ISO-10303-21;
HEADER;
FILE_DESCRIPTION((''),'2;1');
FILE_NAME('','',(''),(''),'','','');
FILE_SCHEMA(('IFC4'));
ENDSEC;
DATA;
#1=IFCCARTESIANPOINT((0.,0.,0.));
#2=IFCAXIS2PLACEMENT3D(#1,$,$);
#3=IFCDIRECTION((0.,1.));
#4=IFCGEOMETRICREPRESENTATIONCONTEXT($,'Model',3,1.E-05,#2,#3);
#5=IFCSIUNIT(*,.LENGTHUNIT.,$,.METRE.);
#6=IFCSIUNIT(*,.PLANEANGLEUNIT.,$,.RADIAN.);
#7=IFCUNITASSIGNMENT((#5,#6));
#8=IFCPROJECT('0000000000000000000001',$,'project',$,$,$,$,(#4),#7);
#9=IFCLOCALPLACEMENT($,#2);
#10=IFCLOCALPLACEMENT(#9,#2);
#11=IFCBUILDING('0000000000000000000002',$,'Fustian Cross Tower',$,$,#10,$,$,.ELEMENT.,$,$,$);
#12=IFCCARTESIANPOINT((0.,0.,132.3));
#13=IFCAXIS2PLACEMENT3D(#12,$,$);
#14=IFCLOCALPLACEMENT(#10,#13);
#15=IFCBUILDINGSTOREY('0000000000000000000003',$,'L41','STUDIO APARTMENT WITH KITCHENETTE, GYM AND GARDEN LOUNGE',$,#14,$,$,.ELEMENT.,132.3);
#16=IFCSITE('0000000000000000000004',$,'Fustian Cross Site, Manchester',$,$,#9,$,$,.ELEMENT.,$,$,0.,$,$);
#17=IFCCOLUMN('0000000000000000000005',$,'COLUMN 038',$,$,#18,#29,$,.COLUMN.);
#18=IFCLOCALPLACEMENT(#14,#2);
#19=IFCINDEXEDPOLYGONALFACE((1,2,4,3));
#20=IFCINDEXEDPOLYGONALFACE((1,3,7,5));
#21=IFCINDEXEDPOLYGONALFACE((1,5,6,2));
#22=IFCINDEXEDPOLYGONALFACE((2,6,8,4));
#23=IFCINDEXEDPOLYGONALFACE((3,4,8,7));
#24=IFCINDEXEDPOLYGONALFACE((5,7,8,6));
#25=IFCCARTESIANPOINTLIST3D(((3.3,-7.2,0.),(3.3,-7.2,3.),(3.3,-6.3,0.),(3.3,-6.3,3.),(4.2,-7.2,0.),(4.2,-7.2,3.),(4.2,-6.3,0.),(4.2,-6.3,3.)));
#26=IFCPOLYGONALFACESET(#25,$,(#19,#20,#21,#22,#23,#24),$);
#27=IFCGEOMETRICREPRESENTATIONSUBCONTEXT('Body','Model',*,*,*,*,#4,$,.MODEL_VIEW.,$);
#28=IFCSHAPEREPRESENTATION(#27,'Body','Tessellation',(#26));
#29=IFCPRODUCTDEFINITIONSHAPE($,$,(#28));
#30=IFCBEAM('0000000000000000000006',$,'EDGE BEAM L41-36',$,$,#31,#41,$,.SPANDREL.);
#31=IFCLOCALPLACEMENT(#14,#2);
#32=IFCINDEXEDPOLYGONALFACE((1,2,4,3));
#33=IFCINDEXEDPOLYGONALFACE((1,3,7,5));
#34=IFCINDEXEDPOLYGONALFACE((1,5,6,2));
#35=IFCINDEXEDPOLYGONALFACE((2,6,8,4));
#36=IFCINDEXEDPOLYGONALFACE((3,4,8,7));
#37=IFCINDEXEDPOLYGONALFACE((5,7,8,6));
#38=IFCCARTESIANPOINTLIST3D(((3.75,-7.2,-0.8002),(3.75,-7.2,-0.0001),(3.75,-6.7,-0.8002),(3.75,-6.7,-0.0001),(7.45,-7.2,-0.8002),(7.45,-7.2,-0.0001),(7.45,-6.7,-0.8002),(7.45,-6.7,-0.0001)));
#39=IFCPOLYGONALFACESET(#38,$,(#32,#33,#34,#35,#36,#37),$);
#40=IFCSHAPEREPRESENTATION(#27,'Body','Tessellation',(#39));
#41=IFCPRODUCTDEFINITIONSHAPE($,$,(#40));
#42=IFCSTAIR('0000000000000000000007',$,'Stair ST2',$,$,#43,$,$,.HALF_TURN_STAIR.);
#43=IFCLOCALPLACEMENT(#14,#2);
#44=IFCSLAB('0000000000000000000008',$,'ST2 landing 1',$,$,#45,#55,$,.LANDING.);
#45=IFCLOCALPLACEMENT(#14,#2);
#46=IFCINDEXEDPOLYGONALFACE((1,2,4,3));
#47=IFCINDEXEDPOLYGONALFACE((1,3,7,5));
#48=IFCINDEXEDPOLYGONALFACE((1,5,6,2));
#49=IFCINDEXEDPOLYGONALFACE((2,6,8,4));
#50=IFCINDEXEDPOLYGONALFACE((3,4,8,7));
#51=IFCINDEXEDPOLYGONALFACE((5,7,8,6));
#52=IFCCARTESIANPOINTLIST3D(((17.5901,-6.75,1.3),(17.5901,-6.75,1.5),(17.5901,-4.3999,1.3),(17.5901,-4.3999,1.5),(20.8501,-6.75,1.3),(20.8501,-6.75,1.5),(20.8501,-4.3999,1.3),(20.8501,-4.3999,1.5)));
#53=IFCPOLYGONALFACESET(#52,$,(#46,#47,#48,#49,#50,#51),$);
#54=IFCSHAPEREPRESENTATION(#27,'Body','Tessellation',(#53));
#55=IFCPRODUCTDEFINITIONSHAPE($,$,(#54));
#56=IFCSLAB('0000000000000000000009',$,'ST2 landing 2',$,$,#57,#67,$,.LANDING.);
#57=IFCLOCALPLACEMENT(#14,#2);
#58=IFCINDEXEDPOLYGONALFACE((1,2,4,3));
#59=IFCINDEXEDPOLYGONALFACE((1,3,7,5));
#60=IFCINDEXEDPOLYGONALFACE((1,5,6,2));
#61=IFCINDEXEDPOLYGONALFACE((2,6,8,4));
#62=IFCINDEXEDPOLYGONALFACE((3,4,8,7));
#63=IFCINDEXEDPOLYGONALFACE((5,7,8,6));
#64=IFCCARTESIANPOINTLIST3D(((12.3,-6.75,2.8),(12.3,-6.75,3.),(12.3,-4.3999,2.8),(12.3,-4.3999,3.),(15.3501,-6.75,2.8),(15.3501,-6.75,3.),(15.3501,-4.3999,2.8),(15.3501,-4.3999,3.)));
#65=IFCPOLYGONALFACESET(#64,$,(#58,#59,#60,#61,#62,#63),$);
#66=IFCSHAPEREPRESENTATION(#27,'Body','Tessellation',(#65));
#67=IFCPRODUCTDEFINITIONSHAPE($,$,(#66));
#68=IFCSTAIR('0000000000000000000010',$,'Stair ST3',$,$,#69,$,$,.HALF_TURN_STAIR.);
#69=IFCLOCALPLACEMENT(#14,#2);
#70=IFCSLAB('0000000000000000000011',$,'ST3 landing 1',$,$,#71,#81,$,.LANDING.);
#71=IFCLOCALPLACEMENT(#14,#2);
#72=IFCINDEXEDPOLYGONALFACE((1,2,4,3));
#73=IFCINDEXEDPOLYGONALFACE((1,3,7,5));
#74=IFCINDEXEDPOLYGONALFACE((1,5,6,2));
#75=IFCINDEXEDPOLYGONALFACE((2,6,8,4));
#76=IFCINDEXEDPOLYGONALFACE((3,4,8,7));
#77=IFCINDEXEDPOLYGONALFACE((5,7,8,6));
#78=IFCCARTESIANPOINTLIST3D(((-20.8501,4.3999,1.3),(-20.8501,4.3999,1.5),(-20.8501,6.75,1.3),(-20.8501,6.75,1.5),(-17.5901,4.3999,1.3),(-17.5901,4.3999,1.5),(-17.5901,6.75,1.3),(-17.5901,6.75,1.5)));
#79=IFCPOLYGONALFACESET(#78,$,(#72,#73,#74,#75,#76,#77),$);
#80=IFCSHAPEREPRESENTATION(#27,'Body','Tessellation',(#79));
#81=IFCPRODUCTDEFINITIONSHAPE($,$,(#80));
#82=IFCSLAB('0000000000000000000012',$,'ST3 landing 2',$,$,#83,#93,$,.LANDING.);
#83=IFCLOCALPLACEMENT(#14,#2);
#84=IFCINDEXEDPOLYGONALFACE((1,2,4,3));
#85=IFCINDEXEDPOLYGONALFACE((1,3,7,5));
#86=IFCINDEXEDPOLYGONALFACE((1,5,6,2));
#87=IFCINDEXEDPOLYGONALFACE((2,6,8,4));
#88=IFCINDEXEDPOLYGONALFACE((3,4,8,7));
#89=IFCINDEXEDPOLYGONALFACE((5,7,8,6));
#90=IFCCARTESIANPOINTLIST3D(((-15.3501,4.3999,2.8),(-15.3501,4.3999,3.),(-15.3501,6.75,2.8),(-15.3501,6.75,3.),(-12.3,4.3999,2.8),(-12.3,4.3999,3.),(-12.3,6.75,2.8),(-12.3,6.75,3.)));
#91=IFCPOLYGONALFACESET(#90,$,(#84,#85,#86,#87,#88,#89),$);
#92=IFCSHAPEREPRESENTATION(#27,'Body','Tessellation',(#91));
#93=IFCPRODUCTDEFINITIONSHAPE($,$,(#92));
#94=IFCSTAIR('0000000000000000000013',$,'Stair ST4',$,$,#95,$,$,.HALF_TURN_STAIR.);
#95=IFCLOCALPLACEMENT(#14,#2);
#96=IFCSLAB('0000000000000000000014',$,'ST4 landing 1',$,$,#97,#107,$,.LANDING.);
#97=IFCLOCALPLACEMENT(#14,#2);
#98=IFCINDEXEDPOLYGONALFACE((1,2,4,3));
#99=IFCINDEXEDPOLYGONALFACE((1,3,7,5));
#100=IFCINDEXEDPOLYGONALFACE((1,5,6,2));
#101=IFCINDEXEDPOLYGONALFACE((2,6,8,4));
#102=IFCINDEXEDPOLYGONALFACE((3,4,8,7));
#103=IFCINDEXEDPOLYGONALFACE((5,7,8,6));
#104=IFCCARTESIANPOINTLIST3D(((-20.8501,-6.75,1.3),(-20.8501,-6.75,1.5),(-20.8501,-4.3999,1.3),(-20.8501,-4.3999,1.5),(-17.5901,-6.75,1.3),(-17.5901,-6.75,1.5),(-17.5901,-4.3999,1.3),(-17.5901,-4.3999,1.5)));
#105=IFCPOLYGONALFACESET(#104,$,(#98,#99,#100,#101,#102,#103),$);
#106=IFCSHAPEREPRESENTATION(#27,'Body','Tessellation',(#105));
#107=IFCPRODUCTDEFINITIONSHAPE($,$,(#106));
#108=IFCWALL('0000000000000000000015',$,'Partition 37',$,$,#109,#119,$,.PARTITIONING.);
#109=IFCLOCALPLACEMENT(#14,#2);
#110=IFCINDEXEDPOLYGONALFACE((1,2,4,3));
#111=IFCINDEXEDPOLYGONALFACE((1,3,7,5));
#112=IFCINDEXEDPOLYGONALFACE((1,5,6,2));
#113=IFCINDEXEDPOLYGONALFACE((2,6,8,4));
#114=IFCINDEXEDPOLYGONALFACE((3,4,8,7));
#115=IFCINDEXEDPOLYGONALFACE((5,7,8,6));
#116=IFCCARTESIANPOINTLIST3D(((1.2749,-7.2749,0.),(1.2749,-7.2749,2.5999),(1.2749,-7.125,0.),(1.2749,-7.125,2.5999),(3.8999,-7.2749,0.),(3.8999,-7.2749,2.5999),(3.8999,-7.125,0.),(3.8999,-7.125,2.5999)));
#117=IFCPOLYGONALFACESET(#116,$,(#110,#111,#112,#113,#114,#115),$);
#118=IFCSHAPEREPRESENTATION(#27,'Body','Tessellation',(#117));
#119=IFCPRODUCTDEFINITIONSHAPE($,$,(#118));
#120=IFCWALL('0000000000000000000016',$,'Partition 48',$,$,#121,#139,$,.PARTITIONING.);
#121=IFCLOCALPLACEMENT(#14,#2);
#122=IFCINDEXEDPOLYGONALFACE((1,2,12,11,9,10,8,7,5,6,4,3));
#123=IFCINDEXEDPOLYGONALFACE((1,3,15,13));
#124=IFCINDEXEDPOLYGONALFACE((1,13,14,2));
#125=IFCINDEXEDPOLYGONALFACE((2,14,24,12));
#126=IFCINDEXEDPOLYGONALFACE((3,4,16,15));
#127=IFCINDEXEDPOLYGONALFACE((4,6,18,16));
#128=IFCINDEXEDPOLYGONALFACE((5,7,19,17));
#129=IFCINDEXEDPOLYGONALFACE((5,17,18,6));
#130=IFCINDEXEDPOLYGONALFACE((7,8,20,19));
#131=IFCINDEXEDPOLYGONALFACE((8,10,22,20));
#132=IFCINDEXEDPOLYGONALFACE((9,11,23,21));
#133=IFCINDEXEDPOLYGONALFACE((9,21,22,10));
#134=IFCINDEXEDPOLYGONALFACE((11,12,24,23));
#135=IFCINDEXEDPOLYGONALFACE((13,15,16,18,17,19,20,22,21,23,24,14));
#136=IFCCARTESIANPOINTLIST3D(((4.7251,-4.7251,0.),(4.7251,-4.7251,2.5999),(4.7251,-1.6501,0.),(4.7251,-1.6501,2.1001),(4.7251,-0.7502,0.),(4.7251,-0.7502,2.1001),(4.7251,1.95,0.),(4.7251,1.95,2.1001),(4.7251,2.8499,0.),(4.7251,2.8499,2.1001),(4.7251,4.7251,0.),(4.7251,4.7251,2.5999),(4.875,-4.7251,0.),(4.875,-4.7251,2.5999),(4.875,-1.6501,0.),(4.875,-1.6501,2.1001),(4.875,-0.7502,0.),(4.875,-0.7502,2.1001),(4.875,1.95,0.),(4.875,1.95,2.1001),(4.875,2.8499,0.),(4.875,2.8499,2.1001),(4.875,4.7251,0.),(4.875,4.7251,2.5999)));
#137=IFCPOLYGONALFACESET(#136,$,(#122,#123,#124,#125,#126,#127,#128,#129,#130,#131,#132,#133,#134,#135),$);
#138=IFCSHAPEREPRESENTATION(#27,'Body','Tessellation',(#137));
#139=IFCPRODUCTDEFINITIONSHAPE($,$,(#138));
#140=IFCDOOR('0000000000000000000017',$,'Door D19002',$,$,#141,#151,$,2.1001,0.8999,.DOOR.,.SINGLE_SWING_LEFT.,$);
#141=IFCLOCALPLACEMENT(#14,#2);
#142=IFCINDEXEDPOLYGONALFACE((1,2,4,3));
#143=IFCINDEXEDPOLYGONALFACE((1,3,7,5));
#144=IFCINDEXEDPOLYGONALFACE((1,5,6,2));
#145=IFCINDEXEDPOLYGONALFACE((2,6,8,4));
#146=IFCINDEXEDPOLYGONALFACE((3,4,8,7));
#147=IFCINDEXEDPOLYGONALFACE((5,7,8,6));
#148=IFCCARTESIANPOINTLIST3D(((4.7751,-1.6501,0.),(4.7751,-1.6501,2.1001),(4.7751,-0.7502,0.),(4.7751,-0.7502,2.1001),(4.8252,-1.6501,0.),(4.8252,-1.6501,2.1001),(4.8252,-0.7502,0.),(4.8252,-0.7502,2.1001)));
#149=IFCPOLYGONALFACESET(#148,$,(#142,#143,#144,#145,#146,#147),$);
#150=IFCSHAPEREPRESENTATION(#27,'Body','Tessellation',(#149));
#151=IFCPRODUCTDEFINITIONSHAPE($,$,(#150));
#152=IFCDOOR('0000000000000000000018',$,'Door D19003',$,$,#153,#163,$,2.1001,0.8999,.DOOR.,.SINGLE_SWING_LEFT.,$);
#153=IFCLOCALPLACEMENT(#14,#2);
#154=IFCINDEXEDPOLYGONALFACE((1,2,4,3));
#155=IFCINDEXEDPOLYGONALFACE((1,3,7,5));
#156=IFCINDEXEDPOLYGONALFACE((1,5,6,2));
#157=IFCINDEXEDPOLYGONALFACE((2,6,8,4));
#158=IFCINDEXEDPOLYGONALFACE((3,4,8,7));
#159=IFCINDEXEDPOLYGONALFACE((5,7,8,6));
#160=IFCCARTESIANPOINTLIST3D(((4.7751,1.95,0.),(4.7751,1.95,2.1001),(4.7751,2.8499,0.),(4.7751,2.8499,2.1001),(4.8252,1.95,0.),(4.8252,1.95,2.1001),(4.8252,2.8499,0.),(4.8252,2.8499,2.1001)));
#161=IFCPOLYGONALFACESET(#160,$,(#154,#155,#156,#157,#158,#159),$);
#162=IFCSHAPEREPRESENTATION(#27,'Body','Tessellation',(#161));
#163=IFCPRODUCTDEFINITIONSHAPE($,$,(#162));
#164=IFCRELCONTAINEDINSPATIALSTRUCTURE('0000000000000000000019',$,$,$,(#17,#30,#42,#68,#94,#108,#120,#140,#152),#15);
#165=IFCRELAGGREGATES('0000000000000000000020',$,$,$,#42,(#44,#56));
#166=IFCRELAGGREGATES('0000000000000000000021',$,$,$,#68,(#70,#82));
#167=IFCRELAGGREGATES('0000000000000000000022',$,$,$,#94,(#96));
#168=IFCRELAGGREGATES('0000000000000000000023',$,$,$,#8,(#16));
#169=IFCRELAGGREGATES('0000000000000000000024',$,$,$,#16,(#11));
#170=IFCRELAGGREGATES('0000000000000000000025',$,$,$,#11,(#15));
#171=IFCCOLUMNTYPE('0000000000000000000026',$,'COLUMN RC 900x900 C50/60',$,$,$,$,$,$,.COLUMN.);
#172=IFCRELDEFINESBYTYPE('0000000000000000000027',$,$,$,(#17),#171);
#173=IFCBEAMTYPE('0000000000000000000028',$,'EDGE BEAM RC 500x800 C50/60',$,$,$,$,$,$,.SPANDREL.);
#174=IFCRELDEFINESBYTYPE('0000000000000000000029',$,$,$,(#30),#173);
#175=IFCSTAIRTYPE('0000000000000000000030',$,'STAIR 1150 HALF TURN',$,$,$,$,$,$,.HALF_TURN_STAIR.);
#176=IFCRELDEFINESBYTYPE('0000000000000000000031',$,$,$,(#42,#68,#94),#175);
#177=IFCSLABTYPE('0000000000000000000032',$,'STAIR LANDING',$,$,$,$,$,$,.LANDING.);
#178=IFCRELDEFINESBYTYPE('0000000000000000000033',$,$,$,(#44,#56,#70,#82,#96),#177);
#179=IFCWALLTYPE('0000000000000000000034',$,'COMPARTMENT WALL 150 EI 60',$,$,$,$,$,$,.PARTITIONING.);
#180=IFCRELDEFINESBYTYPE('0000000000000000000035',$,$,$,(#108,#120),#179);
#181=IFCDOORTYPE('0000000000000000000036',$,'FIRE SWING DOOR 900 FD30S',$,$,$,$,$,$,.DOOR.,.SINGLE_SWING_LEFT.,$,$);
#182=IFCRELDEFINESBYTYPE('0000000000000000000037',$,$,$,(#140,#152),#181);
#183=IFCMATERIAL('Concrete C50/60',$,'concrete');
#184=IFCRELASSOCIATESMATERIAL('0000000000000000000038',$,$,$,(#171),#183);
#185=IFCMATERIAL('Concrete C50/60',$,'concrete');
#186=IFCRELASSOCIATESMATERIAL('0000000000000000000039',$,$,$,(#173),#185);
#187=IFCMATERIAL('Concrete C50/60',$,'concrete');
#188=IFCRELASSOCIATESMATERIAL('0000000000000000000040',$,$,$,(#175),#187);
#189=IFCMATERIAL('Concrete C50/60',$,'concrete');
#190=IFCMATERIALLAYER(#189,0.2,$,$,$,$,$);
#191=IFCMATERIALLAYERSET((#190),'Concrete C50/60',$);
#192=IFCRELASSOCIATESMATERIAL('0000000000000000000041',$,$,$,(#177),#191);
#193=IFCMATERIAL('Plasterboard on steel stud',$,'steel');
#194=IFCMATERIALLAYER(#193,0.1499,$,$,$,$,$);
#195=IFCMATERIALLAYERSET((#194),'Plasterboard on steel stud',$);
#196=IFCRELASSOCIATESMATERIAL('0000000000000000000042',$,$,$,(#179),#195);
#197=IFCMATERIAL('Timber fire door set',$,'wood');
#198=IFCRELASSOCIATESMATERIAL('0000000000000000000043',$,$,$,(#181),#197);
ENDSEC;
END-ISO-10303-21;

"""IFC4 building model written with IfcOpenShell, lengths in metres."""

from ifc_helpers import new_model, si_unit, direction, frame, frame_2d, origin, origin_2d, place, context, subcontext, project, spatial, polyline, rectangle, outline, extrude, material, layer, layer_set, material_profile, profile_set, type_object, element, fill, aggregate, save


model = new_model("IFC4")

# Units and contexts
model_context = context("Model", 3, precision=1e-05, world=origin(), true_north=direction((0.0, 1.0)))
body_context = subcontext(model_context, "Body", "Model", "MODEL_VIEW")
ifc_project = project(units=[si_unit("LENGTHUNIT", "METRE"), si_unit("PLANEANGLEUNIT", "RADIAN")], contexts=[model_context])

# Site, building, storey
site_placement = place(None, origin())
site = spatial("IfcSite", under=ifc_project, at=site_placement, Name="Fustian Cross Site, Manchester", CompositionType="ELEMENT", RefElevation=0.0)
building_placement = place(site_placement, origin())
building = spatial("IfcBuilding", under=site, at=building_placement, Name="Fustian Cross Tower", CompositionType="ELEMENT")
storey_placement = place(building_placement, frame((0.0, 0.0, 132.3)))
storey = spatial("IfcBuildingStorey", under=building, at=storey_placement, Name="L41", Description="STUDIO APARTMENT WITH KITCHENETTE, GYM AND GARDEN LOUNGE", CompositionType="ELEMENT", Elevation=132.3)

# Column
ifc_material_1 = material(Name="Concrete C50/60", Category="concrete")
ifc_material_profile_1 = material_profile(ifc_material_1, rectangle(XDim=0.8999, YDim=0.8999, at=origin_2d()), Name="RC 900x900")
ifc_profile_set_1 = profile_set([ifc_material_profile_1], Name="Concrete C50/60")
column_type = type_object("IfcColumnType", Name="COLUMN RC 900x900 C50/60", PredefinedType="COLUMN", material=ifc_profile_set_1)
column_placement = place(storey_placement, frame((3.75, -6.75, 0.0), z_axis=(0.0, 0.0, 1.0), x_axis=(1.0, 0.0, 0.0)))
element("IfcColumn", 1, at=column_placement, inside=storey, type_object=column_type, Name="COLUMN 038", PredefinedType="COLUMN", context=body_context, shape_type="SweptSolid", body=[
    extrude(rectangle(XDim=0.8999, YDim=0.8999, at=origin_2d()), origin(), (0.0, 0.0, 1.0), 3.0),
])

# Beam
ifc_material_2 = material(Name="Concrete C50/60", Category="concrete")
ifc_material_profile_2 = material_profile(ifc_material_2, rectangle(XDim=0.5, YDim=0.8, at=origin_2d()), Name="RC 500x800")
ifc_profile_set_2 = profile_set([ifc_material_profile_2], Name="Concrete C50/60")
beam_type = type_object("IfcBeamType", Name="EDGE BEAM RC 500x800 C50/60", PredefinedType="SPANDREL", material=ifc_profile_set_2)
beam_placement = place(storey_placement, frame((3.75, -6.95, -0.4001), z_axis=(1.0, 0.0, 0.0), x_axis=(0.0, 1.0, 0.0)))
element("IfcBeam", 2, at=beam_placement, inside=storey, type_object=beam_type, Name="EDGE BEAM L41-36", PredefinedType="SPANDREL", context=body_context, shape_type="SweptSolid", body=[
    extrude(rectangle(XDim=0.5, YDim=0.8, at=origin_2d()), origin(), (0.0, 0.0, 1.0), 3.7),
])

# Stairs, slabs
ifc_material_3 = material(Name="Concrete C50/60", Category="concrete")
stair_type = type_object("IfcStairType", Name="STAIR 1150 HALF TURN", PredefinedType="HALF_TURN_STAIR", material=ifc_material_3)
stair_1_placement = place(storey_placement, origin())
stair_1 = element("IfcStair", 3, at=stair_1_placement, inside=storey, type_object=stair_type, Name="Stair ST2", PredefinedType="HALF_TURN_STAIR")
ifc_material_4 = material(Name="Concrete C50/60", Category="concrete")
ifc_layer_1 = layer(ifc_material_4, 0.2)
ifc_layer_set_1 = layer_set([ifc_layer_1], Name="Concrete C50/60")
slab_type = type_object("IfcSlabType", Name="STAIR LANDING", PredefinedType="LANDING", material=ifc_layer_set_1)
slab_1_placement = place(storey_placement, frame((0.0, 0.0, 1.3)))
slab_1 = element("IfcSlab", 4, at=slab_1_placement, type_object=slab_type, Name="ST2 landing 1", PredefinedType="LANDING", context=body_context, shape_type="SweptSolid", body=[
    extrude(outline(polyline([(17.5901, -4.3999), (20.8501, -4.3999), (20.8501, -6.75), (17.5901, -6.75), (17.5901, -4.3999)])), origin(), (0.0, 0.0, 1.0), 0.2),
])
slab_2_placement = place(storey_placement, frame((0.0, 0.0, 2.8)))
slab_2 = element("IfcSlab", 5, at=slab_2_placement, type_object=slab_type, Name="ST2 landing 2", PredefinedType="LANDING", context=body_context, shape_type="SweptSolid", body=[
    extrude(outline(polyline([(12.3, -4.3999), (15.3501, -4.3999), (15.3501, -6.75), (12.3, -6.75), (12.3, -4.3999)])), origin(), (0.0, 0.0, 1.0), 0.2),
])
aggregate(stair_1, [slab_1, slab_2])
stair_2_placement = place(storey_placement, origin())
stair_2 = element("IfcStair", 6, at=stair_2_placement, inside=storey, type_object=stair_type, Name="Stair ST3", PredefinedType="HALF_TURN_STAIR")
slab_3_placement = place(storey_placement, frame((0.0, 0.0, 1.3)))
slab_3 = element("IfcSlab", 7, at=slab_3_placement, type_object=slab_type, Name="ST3 landing 1", PredefinedType="LANDING", context=body_context, shape_type="SweptSolid", body=[
    extrude(outline(polyline([(-17.5901, 4.3999), (-20.8501, 4.3999), (-20.8501, 6.75), (-17.5901, 6.75), (-17.5901, 4.3999)])), origin(), (0.0, 0.0, 1.0), 0.2),
])
slab_4_placement = place(storey_placement, frame((0.0, 0.0, 2.8)))
slab_4 = element("IfcSlab", 8, at=slab_4_placement, type_object=slab_type, Name="ST3 landing 2", PredefinedType="LANDING", context=body_context, shape_type="SweptSolid", body=[
    extrude(outline(polyline([(-12.3, 4.3999), (-15.3501, 4.3999), (-15.3501, 6.75), (-12.3, 6.75), (-12.3, 4.3999)])), origin(), (0.0, 0.0, 1.0), 0.2),
])
aggregate(stair_2, [slab_3, slab_4])

# Stair, slab
stair_3_placement = place(storey_placement, origin())
stair_3 = element("IfcStair", 9, at=stair_3_placement, inside=storey, type_object=stair_type, Name="Stair ST4", PredefinedType="HALF_TURN_STAIR")
slab_5_placement = place(storey_placement, frame((0.0, 0.0, 1.3)))
slab_5 = element("IfcSlab", 10, at=slab_5_placement, type_object=slab_type, Name="ST4 landing 1", PredefinedType="LANDING", context=body_context, shape_type="SweptSolid", body=[
    extrude(outline(polyline([(-17.5901, -4.3999), (-20.8501, -4.3999), (-20.8501, -6.75), (-17.5901, -6.75), (-17.5901, -4.3999)])), origin(), (0.0, 0.0, 1.0), 0.2),
])
aggregate(stair_3, [slab_5])

# Wall
ifc_material_5 = material(Name="Plasterboard on steel stud", Category="steel")
ifc_layer_2 = layer(ifc_material_5, 0.1499)
ifc_layer_set_2 = layer_set([ifc_layer_2], Name="Plasterboard on steel stud")
wall_type_1 = type_object("IfcWallType", Name="COMPARTMENT WALL 150 EI 60", PredefinedType="PARTITIONING", material=ifc_layer_set_2)
wall_1_placement = place(storey_placement, frame((1.2749, -7.2, 0.0), z_axis=(0.0, 0.0, 1.0), x_axis=(1.0, 0.0, 0.0)))
element("IfcWall", 11, at=wall_1_placement, inside=storey, type_object=wall_type_1, Name="Partition 37", PredefinedType="PARTITIONING", context=body_context, shape_type="SweptSolid", body=[
    extrude(rectangle(XDim=2.625, YDim=0.1499, at=frame_2d((1.3125, 0.0))), origin(), (0.0, 0.0, 1.0), 2.5999),
])

# Wall, openings, doors
wall_2_placement = place(storey_placement, frame((4.8, -4.7251, 0.0), z_axis=(0.0, 0.0, 1.0), x_axis=(0.0, 1.0, 0.0)))
wall_2 = element("IfcWall", 12, at=wall_2_placement, inside=storey, type_object=wall_type_1, Name="Partition 48", PredefinedType="PARTITIONING", context=body_context, shape_type="SweptSolid", body=[
    extrude(rectangle(XDim=9.4502, YDim=0.1499, at=frame_2d((4.7251, 0.0))), origin(), (0.0, 0.0, 1.0), 2.5999),
])
opening_1_placement = place(wall_2_placement, frame((3.075, 0.0, 0.0)))
opening_1 = element("IfcOpeningElement", 13, at=opening_1_placement, cuts=wall_2, PredefinedType="OPENING", context=body_context, shape_type="SweptSolid", body=[
    extrude(rectangle(XDim=0.8999, YDim=2.1001, at=frame_2d((0.45, 1.05))), frame((0.0, 0.085, 0.0), z_axis=(0.0, -1.0, 0.0), x_axis=(1.0, 0.0, 0.0)), (0.0, 0.0, 1.0), 0.1699),
])
opening_2_placement = place(wall_2_placement, frame((6.675, 0.0, 0.0)))
opening_2 = element("IfcOpeningElement", 14, at=opening_2_placement, cuts=wall_2, PredefinedType="OPENING", context=body_context, shape_type="SweptSolid", body=[
    extrude(rectangle(XDim=0.8999, YDim=2.1001, at=frame_2d((0.45, 1.05))), frame((0.0, 0.085, 0.0), z_axis=(0.0, -1.0, 0.0), x_axis=(1.0, 0.0, 0.0)), (0.0, 0.0, 1.0), 0.1699),
])
ifc_material_6 = material(Name="Timber fire door set", Category="wood")
door_type_1 = type_object("IfcDoorType", Name="FIRE SWING DOOR 900 FD30S", OperationType="SINGLE_SWING_LEFT", PredefinedType="DOOR", material=ifc_material_6)
door_1_placement = place(opening_1_placement, origin())
door_1 = element("IfcDoor", 15, at=door_1_placement, inside=storey, type_object=door_type_1, Name="Door D19002", OperationType="SINGLE_SWING_LEFT", OverallHeight=2.1001, OverallWidth=0.8999, PredefinedType="DOOR", context=body_context, shape_type="SweptSolid", body=[
    extrude(rectangle(XDim=0.8999, YDim=2.1001, at=frame_2d((0.45, 1.05))), frame((0.0, 0.0249, 0.0), z_axis=(0.0, -1.0, 0.0), x_axis=(1.0, 0.0, 0.0)), (0.0, 0.0, 1.0), 0.05),
])
fill(opening_1, door_1)
door_2_placement = place(opening_2_placement, origin())
door_2 = element("IfcDoor", 16, at=door_2_placement, inside=storey, type_object=door_type_1, Name="Door D19003", OperationType="SINGLE_SWING_LEFT", OverallHeight=2.1001, OverallWidth=0.8999, PredefinedType="DOOR", context=body_context, shape_type="SweptSolid", body=[
    extrude(rectangle(XDim=0.8999, YDim=2.1001, at=frame_2d((0.45, 1.05))), frame((0.0, 0.0249, 0.0), z_axis=(0.0, -1.0, 0.0), x_axis=(1.0, 0.0, 0.0)), (0.0, 0.0, 1.0), 0.05),
])
fill(opening_2, door_2)

save(model, "model.ifc")
